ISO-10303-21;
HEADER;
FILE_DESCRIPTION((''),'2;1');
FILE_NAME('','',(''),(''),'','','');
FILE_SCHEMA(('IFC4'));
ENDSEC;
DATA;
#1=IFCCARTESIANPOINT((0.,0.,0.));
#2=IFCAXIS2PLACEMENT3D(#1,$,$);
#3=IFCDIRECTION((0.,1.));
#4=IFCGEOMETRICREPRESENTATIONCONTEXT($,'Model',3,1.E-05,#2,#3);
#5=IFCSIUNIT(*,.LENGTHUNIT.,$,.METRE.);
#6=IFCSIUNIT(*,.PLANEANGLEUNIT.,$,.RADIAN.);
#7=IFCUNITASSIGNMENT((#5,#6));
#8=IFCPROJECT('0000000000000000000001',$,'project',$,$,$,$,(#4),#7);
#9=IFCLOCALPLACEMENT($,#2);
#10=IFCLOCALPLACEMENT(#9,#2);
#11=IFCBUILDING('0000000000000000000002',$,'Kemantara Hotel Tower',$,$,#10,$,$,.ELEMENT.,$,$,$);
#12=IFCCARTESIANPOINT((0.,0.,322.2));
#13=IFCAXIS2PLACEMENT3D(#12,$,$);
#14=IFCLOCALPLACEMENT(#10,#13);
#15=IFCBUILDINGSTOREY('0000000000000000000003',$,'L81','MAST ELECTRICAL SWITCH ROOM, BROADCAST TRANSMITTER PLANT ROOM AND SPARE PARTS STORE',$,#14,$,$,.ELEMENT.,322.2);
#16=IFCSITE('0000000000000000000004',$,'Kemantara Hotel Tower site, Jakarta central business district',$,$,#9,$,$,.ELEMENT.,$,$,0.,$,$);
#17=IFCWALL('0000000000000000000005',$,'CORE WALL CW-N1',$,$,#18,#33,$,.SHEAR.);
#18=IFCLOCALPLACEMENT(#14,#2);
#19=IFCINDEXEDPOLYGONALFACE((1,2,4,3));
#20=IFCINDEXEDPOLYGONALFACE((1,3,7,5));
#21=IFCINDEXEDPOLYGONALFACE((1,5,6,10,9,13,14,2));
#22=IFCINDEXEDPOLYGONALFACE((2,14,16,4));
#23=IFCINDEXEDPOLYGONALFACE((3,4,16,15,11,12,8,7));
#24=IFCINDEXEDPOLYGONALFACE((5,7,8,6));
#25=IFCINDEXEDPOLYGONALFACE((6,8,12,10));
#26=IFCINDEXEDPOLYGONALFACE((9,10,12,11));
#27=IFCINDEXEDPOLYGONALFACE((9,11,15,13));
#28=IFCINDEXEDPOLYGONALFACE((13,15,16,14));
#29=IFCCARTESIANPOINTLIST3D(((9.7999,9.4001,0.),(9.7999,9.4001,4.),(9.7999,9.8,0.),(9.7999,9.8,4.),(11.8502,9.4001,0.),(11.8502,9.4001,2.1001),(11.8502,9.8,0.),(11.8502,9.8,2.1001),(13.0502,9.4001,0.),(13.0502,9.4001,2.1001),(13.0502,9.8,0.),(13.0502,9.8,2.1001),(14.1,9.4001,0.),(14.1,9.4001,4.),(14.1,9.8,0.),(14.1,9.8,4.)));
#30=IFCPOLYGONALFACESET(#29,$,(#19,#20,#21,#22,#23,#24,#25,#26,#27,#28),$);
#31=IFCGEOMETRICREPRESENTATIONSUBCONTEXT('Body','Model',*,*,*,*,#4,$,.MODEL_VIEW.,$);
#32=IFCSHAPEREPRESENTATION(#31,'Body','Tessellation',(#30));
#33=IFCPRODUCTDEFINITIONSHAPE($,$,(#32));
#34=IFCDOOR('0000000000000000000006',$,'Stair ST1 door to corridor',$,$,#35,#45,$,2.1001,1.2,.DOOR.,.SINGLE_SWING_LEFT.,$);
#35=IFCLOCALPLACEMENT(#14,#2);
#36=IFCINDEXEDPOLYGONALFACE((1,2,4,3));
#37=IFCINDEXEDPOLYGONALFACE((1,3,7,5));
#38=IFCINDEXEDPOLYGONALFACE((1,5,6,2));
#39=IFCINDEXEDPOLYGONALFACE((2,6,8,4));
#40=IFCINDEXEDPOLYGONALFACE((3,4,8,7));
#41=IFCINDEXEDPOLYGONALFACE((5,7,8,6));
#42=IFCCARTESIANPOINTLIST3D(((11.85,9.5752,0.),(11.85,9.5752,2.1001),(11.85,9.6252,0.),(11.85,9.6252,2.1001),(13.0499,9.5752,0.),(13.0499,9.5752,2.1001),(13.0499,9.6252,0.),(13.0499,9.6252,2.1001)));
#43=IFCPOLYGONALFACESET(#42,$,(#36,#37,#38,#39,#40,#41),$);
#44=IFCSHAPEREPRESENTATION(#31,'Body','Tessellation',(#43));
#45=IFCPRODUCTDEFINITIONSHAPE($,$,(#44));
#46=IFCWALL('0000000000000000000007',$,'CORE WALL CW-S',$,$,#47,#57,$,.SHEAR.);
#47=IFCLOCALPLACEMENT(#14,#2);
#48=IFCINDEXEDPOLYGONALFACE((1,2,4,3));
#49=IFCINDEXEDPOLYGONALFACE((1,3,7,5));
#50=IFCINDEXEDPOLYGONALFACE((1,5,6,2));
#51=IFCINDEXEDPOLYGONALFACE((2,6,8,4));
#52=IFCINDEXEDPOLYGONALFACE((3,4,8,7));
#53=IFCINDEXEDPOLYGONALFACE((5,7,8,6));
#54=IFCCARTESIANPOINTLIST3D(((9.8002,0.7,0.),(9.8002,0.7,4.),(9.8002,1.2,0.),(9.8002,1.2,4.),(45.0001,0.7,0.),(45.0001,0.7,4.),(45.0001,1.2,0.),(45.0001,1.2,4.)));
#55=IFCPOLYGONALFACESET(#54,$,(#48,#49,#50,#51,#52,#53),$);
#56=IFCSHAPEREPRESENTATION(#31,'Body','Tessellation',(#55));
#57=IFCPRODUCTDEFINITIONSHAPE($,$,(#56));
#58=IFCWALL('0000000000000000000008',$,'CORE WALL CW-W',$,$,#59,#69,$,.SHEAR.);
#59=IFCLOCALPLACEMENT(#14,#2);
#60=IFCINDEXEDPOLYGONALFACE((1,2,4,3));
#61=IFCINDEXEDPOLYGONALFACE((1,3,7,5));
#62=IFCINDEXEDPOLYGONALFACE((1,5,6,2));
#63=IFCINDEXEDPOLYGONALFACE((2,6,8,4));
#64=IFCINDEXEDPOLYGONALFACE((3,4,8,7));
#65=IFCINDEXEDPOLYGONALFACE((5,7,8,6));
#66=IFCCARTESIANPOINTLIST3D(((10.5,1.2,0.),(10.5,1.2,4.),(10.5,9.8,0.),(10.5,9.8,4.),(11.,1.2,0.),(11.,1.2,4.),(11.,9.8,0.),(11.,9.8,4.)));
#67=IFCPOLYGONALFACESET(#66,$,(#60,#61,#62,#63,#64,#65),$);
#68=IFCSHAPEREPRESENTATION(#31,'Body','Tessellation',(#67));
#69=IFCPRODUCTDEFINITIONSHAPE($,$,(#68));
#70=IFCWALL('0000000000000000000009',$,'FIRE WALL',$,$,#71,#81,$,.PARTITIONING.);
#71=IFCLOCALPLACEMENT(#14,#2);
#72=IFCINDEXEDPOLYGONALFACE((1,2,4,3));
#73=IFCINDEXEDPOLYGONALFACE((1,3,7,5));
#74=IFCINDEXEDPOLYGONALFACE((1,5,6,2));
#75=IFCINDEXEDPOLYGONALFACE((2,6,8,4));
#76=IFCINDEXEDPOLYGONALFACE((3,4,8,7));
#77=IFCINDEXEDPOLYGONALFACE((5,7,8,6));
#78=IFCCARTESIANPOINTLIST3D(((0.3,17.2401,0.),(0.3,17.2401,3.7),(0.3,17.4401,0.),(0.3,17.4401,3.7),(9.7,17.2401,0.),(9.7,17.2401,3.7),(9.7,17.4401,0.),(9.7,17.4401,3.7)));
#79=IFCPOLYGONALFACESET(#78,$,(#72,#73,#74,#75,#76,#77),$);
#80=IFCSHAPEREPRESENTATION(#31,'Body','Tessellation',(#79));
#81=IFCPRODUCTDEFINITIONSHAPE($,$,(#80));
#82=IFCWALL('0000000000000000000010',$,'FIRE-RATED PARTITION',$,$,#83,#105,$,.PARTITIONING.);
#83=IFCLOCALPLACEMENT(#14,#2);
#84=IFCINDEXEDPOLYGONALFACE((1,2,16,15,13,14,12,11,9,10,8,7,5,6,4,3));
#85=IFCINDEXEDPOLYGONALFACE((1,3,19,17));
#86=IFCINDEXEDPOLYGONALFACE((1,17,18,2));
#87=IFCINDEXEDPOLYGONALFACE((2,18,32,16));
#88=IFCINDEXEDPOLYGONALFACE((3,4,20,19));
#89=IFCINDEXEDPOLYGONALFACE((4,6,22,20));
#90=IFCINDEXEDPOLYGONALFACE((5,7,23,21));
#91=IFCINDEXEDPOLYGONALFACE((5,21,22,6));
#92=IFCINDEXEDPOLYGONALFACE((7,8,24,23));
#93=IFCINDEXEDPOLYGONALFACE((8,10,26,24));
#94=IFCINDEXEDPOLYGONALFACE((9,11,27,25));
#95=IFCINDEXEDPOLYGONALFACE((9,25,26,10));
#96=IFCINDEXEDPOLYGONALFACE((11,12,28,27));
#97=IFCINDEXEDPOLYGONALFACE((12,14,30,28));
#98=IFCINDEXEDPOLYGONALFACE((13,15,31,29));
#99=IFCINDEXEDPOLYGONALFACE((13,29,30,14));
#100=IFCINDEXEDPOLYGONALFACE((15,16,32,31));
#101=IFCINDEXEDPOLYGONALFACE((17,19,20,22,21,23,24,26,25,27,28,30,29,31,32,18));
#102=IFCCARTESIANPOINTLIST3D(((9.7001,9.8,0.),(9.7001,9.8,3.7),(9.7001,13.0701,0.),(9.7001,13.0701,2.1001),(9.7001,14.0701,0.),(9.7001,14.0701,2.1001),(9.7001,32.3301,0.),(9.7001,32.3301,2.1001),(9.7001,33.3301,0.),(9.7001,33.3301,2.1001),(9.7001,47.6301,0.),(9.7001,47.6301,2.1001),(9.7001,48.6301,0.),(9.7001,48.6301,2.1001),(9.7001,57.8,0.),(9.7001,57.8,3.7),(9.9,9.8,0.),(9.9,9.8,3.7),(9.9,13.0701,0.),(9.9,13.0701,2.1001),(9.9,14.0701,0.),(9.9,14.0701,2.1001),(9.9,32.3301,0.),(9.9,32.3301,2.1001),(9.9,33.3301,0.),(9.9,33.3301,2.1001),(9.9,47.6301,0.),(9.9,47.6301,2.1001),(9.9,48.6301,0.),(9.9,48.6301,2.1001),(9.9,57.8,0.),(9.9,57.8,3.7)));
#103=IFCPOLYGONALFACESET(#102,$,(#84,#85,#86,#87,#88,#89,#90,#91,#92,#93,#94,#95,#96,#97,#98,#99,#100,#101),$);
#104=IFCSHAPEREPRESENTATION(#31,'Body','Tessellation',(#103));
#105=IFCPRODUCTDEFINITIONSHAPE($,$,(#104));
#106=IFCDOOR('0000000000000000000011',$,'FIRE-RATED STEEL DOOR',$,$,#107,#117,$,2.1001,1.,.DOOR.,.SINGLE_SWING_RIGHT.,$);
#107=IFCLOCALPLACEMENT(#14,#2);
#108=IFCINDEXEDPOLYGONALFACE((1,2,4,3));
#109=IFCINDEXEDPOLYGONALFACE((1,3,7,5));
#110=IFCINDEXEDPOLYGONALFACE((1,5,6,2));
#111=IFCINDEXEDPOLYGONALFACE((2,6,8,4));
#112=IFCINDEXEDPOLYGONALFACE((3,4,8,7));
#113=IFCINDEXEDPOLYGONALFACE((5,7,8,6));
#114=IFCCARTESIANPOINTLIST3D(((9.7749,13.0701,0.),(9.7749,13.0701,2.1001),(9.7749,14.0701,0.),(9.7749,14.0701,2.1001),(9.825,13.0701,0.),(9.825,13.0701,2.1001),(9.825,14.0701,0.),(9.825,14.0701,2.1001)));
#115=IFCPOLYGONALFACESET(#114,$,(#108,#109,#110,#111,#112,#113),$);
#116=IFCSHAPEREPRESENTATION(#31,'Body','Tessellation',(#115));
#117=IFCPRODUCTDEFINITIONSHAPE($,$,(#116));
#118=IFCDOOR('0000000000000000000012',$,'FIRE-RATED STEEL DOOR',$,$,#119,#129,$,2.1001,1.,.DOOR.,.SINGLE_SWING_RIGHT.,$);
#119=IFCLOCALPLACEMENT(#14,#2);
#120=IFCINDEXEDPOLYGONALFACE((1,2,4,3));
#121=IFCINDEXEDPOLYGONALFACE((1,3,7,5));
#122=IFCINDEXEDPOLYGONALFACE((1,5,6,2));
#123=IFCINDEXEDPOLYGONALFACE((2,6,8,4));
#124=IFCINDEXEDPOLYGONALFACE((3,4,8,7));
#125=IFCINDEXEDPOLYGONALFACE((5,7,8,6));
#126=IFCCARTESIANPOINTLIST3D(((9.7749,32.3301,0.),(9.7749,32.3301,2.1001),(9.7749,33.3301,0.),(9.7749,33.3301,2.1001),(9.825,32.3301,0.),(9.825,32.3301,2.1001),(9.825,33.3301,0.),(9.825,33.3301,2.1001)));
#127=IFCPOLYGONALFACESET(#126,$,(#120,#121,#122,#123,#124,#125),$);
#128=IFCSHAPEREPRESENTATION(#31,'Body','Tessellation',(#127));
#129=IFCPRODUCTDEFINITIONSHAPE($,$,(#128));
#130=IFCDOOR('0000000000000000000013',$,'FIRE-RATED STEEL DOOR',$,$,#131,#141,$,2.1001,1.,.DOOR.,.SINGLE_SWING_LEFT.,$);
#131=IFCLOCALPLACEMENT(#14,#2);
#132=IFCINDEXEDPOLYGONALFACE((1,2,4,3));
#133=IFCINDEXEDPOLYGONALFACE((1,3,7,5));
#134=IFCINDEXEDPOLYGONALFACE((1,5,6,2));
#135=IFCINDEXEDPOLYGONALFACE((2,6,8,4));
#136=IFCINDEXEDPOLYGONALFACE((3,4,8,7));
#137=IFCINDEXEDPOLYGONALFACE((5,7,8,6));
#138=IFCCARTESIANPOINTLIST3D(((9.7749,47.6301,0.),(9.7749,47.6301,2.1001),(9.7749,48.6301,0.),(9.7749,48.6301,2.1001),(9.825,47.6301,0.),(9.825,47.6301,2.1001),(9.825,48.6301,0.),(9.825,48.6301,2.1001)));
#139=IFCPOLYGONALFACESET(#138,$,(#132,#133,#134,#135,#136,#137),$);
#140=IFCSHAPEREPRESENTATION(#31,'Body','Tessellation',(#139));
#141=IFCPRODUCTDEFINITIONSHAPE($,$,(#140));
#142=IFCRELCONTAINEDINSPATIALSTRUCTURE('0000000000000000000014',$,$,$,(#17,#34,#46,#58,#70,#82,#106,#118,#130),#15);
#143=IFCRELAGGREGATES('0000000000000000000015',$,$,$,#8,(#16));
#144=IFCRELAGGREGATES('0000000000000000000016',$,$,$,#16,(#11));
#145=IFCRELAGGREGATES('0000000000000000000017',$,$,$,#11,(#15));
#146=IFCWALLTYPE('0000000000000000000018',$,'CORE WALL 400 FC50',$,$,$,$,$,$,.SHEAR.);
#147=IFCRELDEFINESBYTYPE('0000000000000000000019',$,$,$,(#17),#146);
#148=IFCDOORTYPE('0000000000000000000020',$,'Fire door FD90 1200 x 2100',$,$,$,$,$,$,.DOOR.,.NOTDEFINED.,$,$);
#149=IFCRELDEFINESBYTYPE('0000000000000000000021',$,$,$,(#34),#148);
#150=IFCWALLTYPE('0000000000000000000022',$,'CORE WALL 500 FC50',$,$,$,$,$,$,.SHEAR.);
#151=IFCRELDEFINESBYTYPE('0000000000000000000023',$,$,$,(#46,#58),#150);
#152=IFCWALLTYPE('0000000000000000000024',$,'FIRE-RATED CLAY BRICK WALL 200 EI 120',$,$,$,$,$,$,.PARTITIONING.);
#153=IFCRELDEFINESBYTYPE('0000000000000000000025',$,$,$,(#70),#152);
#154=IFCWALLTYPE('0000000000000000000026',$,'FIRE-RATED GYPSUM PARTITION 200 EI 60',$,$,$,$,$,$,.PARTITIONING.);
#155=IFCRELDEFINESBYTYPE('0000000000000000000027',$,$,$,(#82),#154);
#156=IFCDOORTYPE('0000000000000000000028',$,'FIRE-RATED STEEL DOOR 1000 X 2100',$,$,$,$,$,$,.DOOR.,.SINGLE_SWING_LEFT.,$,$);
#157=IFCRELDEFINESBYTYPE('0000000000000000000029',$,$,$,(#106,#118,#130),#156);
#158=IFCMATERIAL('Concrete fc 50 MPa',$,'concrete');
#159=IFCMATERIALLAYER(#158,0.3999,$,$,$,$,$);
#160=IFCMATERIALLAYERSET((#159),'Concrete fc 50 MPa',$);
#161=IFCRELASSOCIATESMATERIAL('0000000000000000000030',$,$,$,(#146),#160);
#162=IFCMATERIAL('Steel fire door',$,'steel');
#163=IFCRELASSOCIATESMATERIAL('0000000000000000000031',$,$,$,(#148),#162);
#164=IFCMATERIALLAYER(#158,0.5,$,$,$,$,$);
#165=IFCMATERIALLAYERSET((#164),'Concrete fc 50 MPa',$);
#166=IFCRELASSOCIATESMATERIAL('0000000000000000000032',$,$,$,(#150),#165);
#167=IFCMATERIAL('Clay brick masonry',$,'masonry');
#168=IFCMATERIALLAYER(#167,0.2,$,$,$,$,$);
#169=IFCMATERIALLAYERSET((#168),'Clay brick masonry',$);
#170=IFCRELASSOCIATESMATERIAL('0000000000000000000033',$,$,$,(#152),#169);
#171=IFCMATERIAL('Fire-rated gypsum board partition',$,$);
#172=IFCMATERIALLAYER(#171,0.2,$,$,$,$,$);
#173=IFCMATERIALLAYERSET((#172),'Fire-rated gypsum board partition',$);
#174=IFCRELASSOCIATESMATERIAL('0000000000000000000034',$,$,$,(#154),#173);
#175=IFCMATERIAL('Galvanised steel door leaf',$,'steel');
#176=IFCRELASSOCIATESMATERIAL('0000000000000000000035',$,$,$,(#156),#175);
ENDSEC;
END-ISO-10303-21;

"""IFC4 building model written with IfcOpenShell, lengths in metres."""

from ifc_helpers import new_model, si_unit, direction, frame, frame_2d, origin, place, context, subcontext, project, spatial, rectangle, extrude, material, layer, layer_set, type_object, element, fill, save


model = new_model("IFC4")

# Units and contexts
model_context = context("Model", 3, precision=1e-05, world=origin(), true_north=direction((0.0, 1.0)))
body_context = subcontext(model_context, "Body", "Model", "MODEL_VIEW")
ifc_project = project(units=[si_unit("LENGTHUNIT", "METRE"), si_unit("PLANEANGLEUNIT", "RADIAN")], contexts=[model_context])

# Site, building, storey
site_placement = place(None, origin())
site = spatial("IfcSite", under=ifc_project, at=site_placement, Name="Kemantara Hotel Tower site, Jakarta central business district", CompositionType="ELEMENT", RefElevation=0.0)
building_placement = place(site_placement, origin())
building = spatial("IfcBuilding", under=site, at=building_placement, Name="Kemantara Hotel Tower", CompositionType="ELEMENT")
storey_placement = place(building_placement, frame((0.0, 0.0, 322.2)))
storey = spatial("IfcBuildingStorey", under=building, at=storey_placement, Name="L81", Description="MAST ELECTRICAL SWITCH ROOM, BROADCAST TRANSMITTER PLANT ROOM AND SPARE PARTS STORE", CompositionType="ELEMENT", Elevation=322.2)

# Shared definitions
ifc_material_1 = material(Name="Concrete fc 50 MPa", Category="concrete")

# Wall, opening, door
ifc_layer_1 = layer(ifc_material_1, 0.3999)
ifc_layer_set_1 = layer_set([ifc_layer_1], Name="Concrete fc 50 MPa")
wall_type_1 = type_object("IfcWallType", Name="CORE WALL 400 FC50", PredefinedType="SHEAR", material=ifc_layer_set_1)
wall_1_placement = place(storey_placement, frame((9.8, 9.6001, 0.0), z_axis=(0.0, 0.0, 1.0), x_axis=(1.0, 0.0, 0.0)))
wall_1 = element("IfcWall", 1, at=wall_1_placement, inside=storey, type_object=wall_type_1, Name="CORE WALL CW-N1", PredefinedType="SHEAR", context=body_context, shape_type="SweptSolid", body=[
    extrude(rectangle(XDim=4.3, YDim=0.3999, at=frame_2d((2.1499, 0.0))), origin(), (0.0, 0.0, 1.0), 4.0),
])
opening_1_placement = place(wall_1_placement, frame((2.05, 0.0, 0.0)))
opening_1 = element("IfcOpeningElement", 2, at=opening_1_placement, cuts=wall_1, PredefinedType="OPENING", context=body_context, shape_type="SweptSolid", body=[
    extrude(rectangle(XDim=1.2, YDim=2.1001, at=frame_2d((0.6001, 1.05))), frame((0.0, 0.21, 0.0), z_axis=(0.0, -1.0, 0.0), x_axis=(1.0, 0.0, 0.0)), (0.0, 0.0, 1.0), 0.4199),
])
ifc_material_2 = material(Name="Steel fire door", Category="steel")
door_type_1 = type_object("IfcDoorType", Name="Fire door FD90 1200 x 2100", OperationType="NOTDEFINED", PredefinedType="DOOR", material=ifc_material_2)
door_1_placement = place(opening_1_placement, frame((1.2, 0.0, 0.0), z_axis=(0.0, 0.0, 1.0), x_axis=(-1.0, 0.0, 0.0)))
door_1 = element("IfcDoor", 3, at=door_1_placement, inside=storey, type_object=door_type_1, Name="Stair ST1 door to corridor", OperationType="SINGLE_SWING_LEFT", OverallHeight=2.1001, OverallWidth=1.2, PredefinedType="DOOR", context=body_context, shape_type="SweptSolid", body=[
    extrude(rectangle(XDim=1.2, YDim=2.1001, at=frame_2d((0.6001, 1.05))), frame((0.0, 0.0249, 0.0), z_axis=(0.0, -1.0, 0.0), x_axis=(1.0, 0.0, 0.0)), (0.0, 0.0, 1.0), 0.05),
])
fill(opening_1, door_1)

# Walls
ifc_layer_2 = layer(ifc_material_1, 0.5)
ifc_layer_set_2 = layer_set([ifc_layer_2], Name="Concrete fc 50 MPa")
wall_type_2 = type_object("IfcWallType", Name="CORE WALL 500 FC50", PredefinedType="SHEAR", material=ifc_layer_set_2)
wall_2_placement = place(storey_placement, frame((9.8, 0.95, 0.0), z_axis=(0.0, 0.0, 1.0), x_axis=(1.0, 0.0, 0.0)))
element("IfcWall", 4, at=wall_2_placement, inside=storey, type_object=wall_type_2, Name="CORE WALL CW-S", PredefinedType="SHEAR", context=body_context, shape_type="SweptSolid", body=[
    extrude(rectangle(XDim=35.2, YDim=0.5, at=frame_2d((17.6001, 0.0))), origin(), (0.0, 0.0, 1.0), 4.0),
])
wall_3_placement = place(storey_placement, frame((10.75, 1.2, 0.0), z_axis=(0.0, 0.0, 1.0), x_axis=(0.0, 1.0, 0.0)))
element("IfcWall", 5, at=wall_3_placement, inside=storey, type_object=wall_type_2, Name="CORE WALL CW-W", PredefinedType="SHEAR", context=body_context, shape_type="SweptSolid", body=[
    extrude(rectangle(XDim=8.6001, YDim=0.5, at=frame_2d((4.3, 0.0))), origin(), (0.0, 0.0, 1.0), 4.0),
])
ifc_material_3 = material(Name="Clay brick masonry", Category="masonry")
ifc_layer_3 = layer(ifc_material_3, 0.2)
ifc_layer_set_3 = layer_set([ifc_layer_3], Name="Clay brick masonry")
wall_type_3 = type_object("IfcWallType", Name="FIRE-RATED CLAY BRICK WALL 200 EI 120", PredefinedType="PARTITIONING", material=ifc_layer_set_3)
wall_4_placement = place(storey_placement, frame((0.3, 17.3401, 0.0), z_axis=(0.0, 0.0, 1.0), x_axis=(1.0, 0.0, 0.0)))
element("IfcWall", 6, at=wall_4_placement, inside=storey, type_object=wall_type_3, Name="FIRE WALL", PredefinedType="PARTITIONING", context=body_context, shape_type="SweptSolid", body=[
    extrude(rectangle(XDim=9.3999, YDim=0.2, at=frame_2d((4.7, 0.0))), origin(), (0.0, 0.0, 1.0), 3.7),
])

# Wall, openings, doors
ifc_material_4 = material(Name="Fire-rated gypsum board partition")
ifc_layer_4 = layer(ifc_material_4, 0.2)
ifc_layer_set_4 = layer_set([ifc_layer_4], Name="Fire-rated gypsum board partition")
wall_type_4 = type_object("IfcWallType", Name="FIRE-RATED GYPSUM PARTITION 200 EI 60", PredefinedType="PARTITIONING", material=ifc_layer_set_4)
wall_5_placement = place(storey_placement, frame((9.8, 9.8, 0.0), z_axis=(0.0, 0.0, 1.0), x_axis=(0.0, 1.0, 0.0)))
wall_5 = element("IfcWall", 7, at=wall_5_placement, inside=storey, type_object=wall_type_4, Name="FIRE-RATED PARTITION", PredefinedType="PARTITIONING", context=body_context, shape_type="SweptSolid", body=[
    extrude(rectangle(XDim=48.0, YDim=0.2, at=frame_2d((24.0, 0.0))), origin(), (0.0, 0.0, 1.0), 3.7),
])
opening_2_placement = place(wall_5_placement, frame((3.27, 0.0, 0.0)))
opening_2 = element("IfcOpeningElement", 8, at=opening_2_placement, cuts=wall_5, PredefinedType="OPENING", context=body_context, shape_type="SweptSolid", body=[
    extrude(rectangle(XDim=1.0, YDim=2.1001, at=frame_2d((0.5, 1.05))), frame((0.0, 0.1099, 0.0), z_axis=(0.0, -1.0, 0.0), x_axis=(1.0, 0.0, 0.0)), (0.0, 0.0, 1.0), 0.22),
])
opening_3_placement = place(wall_5_placement, frame((22.53, 0.0, 0.0)))
opening_3 = element("IfcOpeningElement", 9, at=opening_3_placement, cuts=wall_5, PredefinedType="OPENING", context=body_context, shape_type="SweptSolid", body=[
    extrude(rectangle(XDim=1.0, YDim=2.1001, at=frame_2d((0.5, 1.05))), frame((0.0, 0.1099, 0.0), z_axis=(0.0, -1.0, 0.0), x_axis=(1.0, 0.0, 0.0)), (0.0, 0.0, 1.0), 0.22),
])
opening_4_placement = place(wall_5_placement, frame((37.8301, 0.0, 0.0)))
opening_4 = element("IfcOpeningElement", 10, at=opening_4_placement, cuts=wall_5, PredefinedType="OPENING", context=body_context, shape_type="SweptSolid", body=[
    extrude(rectangle(XDim=1.0, YDim=2.1001, at=frame_2d((0.5, 1.05))), frame((0.0, 0.1099, 0.0), z_axis=(0.0, -1.0, 0.0), x_axis=(1.0, 0.0, 0.0)), (0.0, 0.0, 1.0), 0.22),
])
ifc_material_5 = material(Name="Galvanised steel door leaf", Category="steel")
door_type_2 = type_object("IfcDoorType", Name="FIRE-RATED STEEL DOOR 1000 X 2100", OperationType="SINGLE_SWING_LEFT", PredefinedType="DOOR", material=ifc_material_5)
door_2_placement = place(opening_2_placement, frame((1.0, 0.0, 0.0), z_axis=(0.0, 0.0, 1.0), x_axis=(-1.0, 0.0, 0.0)))
door_2 = element("IfcDoor", 11, at=door_2_placement, inside=storey, type_object=door_type_2, Name="FIRE-RATED STEEL DOOR", OperationType="SINGLE_SWING_RIGHT", OverallHeight=2.1001, OverallWidth=1.0, PredefinedType="DOOR", context=body_context, shape_type="SweptSolid", body=[
    extrude(rectangle(XDim=1.0, YDim=2.1001, at=frame_2d((0.5, 1.05))), frame((0.0, 0.0249, 0.0), z_axis=(0.0, -1.0, 0.0), x_axis=(1.0, 0.0, 0.0)), (0.0, 0.0, 1.0), 0.05),
])
fill(opening_2, door_2)
door_3_placement = place(opening_3_placement, frame((1.0, 0.0, 0.0), z_axis=(0.0, 0.0, 1.0), x_axis=(-1.0, 0.0, 0.0)))
door_3 = element("IfcDoor", 12, at=door_3_placement, inside=storey, type_object=door_type_2, Name="FIRE-RATED STEEL DOOR", OperationType="SINGLE_SWING_RIGHT", OverallHeight=2.1001, OverallWidth=1.0, PredefinedType="DOOR", context=body_context, shape_type="SweptSolid", body=[
    extrude(rectangle(XDim=1.0, YDim=2.1001, at=frame_2d((0.5, 1.05))), frame((0.0, 0.0249, 0.0), z_axis=(0.0, -1.0, 0.0), x_axis=(1.0, 0.0, 0.0)), (0.0, 0.0, 1.0), 0.05),
])
fill(opening_3, door_3)
door_4_placement = place(opening_4_placement, frame((1.0, 0.0, 0.0), z_axis=(0.0, 0.0, 1.0), x_axis=(-1.0, 0.0, 0.0)))
door_4 = element("IfcDoor", 13, at=door_4_placement, inside=storey, type_object=door_type_2, Name="FIRE-RATED STEEL DOOR", OperationType="SINGLE_SWING_LEFT", OverallHeight=2.1001, OverallWidth=1.0, PredefinedType="DOOR", context=body_context, shape_type="SweptSolid", body=[
    extrude(rectangle(XDim=1.0, YDim=2.1001, at=frame_2d((0.5, 1.05))), frame((0.0, 0.0249, 0.0), z_axis=(0.0, -1.0, 0.0), x_axis=(1.0, 0.0, 0.0)), (0.0, 0.0, 1.0), 0.05),
])
fill(opening_4, door_4)

save(model, "model.ifc")
